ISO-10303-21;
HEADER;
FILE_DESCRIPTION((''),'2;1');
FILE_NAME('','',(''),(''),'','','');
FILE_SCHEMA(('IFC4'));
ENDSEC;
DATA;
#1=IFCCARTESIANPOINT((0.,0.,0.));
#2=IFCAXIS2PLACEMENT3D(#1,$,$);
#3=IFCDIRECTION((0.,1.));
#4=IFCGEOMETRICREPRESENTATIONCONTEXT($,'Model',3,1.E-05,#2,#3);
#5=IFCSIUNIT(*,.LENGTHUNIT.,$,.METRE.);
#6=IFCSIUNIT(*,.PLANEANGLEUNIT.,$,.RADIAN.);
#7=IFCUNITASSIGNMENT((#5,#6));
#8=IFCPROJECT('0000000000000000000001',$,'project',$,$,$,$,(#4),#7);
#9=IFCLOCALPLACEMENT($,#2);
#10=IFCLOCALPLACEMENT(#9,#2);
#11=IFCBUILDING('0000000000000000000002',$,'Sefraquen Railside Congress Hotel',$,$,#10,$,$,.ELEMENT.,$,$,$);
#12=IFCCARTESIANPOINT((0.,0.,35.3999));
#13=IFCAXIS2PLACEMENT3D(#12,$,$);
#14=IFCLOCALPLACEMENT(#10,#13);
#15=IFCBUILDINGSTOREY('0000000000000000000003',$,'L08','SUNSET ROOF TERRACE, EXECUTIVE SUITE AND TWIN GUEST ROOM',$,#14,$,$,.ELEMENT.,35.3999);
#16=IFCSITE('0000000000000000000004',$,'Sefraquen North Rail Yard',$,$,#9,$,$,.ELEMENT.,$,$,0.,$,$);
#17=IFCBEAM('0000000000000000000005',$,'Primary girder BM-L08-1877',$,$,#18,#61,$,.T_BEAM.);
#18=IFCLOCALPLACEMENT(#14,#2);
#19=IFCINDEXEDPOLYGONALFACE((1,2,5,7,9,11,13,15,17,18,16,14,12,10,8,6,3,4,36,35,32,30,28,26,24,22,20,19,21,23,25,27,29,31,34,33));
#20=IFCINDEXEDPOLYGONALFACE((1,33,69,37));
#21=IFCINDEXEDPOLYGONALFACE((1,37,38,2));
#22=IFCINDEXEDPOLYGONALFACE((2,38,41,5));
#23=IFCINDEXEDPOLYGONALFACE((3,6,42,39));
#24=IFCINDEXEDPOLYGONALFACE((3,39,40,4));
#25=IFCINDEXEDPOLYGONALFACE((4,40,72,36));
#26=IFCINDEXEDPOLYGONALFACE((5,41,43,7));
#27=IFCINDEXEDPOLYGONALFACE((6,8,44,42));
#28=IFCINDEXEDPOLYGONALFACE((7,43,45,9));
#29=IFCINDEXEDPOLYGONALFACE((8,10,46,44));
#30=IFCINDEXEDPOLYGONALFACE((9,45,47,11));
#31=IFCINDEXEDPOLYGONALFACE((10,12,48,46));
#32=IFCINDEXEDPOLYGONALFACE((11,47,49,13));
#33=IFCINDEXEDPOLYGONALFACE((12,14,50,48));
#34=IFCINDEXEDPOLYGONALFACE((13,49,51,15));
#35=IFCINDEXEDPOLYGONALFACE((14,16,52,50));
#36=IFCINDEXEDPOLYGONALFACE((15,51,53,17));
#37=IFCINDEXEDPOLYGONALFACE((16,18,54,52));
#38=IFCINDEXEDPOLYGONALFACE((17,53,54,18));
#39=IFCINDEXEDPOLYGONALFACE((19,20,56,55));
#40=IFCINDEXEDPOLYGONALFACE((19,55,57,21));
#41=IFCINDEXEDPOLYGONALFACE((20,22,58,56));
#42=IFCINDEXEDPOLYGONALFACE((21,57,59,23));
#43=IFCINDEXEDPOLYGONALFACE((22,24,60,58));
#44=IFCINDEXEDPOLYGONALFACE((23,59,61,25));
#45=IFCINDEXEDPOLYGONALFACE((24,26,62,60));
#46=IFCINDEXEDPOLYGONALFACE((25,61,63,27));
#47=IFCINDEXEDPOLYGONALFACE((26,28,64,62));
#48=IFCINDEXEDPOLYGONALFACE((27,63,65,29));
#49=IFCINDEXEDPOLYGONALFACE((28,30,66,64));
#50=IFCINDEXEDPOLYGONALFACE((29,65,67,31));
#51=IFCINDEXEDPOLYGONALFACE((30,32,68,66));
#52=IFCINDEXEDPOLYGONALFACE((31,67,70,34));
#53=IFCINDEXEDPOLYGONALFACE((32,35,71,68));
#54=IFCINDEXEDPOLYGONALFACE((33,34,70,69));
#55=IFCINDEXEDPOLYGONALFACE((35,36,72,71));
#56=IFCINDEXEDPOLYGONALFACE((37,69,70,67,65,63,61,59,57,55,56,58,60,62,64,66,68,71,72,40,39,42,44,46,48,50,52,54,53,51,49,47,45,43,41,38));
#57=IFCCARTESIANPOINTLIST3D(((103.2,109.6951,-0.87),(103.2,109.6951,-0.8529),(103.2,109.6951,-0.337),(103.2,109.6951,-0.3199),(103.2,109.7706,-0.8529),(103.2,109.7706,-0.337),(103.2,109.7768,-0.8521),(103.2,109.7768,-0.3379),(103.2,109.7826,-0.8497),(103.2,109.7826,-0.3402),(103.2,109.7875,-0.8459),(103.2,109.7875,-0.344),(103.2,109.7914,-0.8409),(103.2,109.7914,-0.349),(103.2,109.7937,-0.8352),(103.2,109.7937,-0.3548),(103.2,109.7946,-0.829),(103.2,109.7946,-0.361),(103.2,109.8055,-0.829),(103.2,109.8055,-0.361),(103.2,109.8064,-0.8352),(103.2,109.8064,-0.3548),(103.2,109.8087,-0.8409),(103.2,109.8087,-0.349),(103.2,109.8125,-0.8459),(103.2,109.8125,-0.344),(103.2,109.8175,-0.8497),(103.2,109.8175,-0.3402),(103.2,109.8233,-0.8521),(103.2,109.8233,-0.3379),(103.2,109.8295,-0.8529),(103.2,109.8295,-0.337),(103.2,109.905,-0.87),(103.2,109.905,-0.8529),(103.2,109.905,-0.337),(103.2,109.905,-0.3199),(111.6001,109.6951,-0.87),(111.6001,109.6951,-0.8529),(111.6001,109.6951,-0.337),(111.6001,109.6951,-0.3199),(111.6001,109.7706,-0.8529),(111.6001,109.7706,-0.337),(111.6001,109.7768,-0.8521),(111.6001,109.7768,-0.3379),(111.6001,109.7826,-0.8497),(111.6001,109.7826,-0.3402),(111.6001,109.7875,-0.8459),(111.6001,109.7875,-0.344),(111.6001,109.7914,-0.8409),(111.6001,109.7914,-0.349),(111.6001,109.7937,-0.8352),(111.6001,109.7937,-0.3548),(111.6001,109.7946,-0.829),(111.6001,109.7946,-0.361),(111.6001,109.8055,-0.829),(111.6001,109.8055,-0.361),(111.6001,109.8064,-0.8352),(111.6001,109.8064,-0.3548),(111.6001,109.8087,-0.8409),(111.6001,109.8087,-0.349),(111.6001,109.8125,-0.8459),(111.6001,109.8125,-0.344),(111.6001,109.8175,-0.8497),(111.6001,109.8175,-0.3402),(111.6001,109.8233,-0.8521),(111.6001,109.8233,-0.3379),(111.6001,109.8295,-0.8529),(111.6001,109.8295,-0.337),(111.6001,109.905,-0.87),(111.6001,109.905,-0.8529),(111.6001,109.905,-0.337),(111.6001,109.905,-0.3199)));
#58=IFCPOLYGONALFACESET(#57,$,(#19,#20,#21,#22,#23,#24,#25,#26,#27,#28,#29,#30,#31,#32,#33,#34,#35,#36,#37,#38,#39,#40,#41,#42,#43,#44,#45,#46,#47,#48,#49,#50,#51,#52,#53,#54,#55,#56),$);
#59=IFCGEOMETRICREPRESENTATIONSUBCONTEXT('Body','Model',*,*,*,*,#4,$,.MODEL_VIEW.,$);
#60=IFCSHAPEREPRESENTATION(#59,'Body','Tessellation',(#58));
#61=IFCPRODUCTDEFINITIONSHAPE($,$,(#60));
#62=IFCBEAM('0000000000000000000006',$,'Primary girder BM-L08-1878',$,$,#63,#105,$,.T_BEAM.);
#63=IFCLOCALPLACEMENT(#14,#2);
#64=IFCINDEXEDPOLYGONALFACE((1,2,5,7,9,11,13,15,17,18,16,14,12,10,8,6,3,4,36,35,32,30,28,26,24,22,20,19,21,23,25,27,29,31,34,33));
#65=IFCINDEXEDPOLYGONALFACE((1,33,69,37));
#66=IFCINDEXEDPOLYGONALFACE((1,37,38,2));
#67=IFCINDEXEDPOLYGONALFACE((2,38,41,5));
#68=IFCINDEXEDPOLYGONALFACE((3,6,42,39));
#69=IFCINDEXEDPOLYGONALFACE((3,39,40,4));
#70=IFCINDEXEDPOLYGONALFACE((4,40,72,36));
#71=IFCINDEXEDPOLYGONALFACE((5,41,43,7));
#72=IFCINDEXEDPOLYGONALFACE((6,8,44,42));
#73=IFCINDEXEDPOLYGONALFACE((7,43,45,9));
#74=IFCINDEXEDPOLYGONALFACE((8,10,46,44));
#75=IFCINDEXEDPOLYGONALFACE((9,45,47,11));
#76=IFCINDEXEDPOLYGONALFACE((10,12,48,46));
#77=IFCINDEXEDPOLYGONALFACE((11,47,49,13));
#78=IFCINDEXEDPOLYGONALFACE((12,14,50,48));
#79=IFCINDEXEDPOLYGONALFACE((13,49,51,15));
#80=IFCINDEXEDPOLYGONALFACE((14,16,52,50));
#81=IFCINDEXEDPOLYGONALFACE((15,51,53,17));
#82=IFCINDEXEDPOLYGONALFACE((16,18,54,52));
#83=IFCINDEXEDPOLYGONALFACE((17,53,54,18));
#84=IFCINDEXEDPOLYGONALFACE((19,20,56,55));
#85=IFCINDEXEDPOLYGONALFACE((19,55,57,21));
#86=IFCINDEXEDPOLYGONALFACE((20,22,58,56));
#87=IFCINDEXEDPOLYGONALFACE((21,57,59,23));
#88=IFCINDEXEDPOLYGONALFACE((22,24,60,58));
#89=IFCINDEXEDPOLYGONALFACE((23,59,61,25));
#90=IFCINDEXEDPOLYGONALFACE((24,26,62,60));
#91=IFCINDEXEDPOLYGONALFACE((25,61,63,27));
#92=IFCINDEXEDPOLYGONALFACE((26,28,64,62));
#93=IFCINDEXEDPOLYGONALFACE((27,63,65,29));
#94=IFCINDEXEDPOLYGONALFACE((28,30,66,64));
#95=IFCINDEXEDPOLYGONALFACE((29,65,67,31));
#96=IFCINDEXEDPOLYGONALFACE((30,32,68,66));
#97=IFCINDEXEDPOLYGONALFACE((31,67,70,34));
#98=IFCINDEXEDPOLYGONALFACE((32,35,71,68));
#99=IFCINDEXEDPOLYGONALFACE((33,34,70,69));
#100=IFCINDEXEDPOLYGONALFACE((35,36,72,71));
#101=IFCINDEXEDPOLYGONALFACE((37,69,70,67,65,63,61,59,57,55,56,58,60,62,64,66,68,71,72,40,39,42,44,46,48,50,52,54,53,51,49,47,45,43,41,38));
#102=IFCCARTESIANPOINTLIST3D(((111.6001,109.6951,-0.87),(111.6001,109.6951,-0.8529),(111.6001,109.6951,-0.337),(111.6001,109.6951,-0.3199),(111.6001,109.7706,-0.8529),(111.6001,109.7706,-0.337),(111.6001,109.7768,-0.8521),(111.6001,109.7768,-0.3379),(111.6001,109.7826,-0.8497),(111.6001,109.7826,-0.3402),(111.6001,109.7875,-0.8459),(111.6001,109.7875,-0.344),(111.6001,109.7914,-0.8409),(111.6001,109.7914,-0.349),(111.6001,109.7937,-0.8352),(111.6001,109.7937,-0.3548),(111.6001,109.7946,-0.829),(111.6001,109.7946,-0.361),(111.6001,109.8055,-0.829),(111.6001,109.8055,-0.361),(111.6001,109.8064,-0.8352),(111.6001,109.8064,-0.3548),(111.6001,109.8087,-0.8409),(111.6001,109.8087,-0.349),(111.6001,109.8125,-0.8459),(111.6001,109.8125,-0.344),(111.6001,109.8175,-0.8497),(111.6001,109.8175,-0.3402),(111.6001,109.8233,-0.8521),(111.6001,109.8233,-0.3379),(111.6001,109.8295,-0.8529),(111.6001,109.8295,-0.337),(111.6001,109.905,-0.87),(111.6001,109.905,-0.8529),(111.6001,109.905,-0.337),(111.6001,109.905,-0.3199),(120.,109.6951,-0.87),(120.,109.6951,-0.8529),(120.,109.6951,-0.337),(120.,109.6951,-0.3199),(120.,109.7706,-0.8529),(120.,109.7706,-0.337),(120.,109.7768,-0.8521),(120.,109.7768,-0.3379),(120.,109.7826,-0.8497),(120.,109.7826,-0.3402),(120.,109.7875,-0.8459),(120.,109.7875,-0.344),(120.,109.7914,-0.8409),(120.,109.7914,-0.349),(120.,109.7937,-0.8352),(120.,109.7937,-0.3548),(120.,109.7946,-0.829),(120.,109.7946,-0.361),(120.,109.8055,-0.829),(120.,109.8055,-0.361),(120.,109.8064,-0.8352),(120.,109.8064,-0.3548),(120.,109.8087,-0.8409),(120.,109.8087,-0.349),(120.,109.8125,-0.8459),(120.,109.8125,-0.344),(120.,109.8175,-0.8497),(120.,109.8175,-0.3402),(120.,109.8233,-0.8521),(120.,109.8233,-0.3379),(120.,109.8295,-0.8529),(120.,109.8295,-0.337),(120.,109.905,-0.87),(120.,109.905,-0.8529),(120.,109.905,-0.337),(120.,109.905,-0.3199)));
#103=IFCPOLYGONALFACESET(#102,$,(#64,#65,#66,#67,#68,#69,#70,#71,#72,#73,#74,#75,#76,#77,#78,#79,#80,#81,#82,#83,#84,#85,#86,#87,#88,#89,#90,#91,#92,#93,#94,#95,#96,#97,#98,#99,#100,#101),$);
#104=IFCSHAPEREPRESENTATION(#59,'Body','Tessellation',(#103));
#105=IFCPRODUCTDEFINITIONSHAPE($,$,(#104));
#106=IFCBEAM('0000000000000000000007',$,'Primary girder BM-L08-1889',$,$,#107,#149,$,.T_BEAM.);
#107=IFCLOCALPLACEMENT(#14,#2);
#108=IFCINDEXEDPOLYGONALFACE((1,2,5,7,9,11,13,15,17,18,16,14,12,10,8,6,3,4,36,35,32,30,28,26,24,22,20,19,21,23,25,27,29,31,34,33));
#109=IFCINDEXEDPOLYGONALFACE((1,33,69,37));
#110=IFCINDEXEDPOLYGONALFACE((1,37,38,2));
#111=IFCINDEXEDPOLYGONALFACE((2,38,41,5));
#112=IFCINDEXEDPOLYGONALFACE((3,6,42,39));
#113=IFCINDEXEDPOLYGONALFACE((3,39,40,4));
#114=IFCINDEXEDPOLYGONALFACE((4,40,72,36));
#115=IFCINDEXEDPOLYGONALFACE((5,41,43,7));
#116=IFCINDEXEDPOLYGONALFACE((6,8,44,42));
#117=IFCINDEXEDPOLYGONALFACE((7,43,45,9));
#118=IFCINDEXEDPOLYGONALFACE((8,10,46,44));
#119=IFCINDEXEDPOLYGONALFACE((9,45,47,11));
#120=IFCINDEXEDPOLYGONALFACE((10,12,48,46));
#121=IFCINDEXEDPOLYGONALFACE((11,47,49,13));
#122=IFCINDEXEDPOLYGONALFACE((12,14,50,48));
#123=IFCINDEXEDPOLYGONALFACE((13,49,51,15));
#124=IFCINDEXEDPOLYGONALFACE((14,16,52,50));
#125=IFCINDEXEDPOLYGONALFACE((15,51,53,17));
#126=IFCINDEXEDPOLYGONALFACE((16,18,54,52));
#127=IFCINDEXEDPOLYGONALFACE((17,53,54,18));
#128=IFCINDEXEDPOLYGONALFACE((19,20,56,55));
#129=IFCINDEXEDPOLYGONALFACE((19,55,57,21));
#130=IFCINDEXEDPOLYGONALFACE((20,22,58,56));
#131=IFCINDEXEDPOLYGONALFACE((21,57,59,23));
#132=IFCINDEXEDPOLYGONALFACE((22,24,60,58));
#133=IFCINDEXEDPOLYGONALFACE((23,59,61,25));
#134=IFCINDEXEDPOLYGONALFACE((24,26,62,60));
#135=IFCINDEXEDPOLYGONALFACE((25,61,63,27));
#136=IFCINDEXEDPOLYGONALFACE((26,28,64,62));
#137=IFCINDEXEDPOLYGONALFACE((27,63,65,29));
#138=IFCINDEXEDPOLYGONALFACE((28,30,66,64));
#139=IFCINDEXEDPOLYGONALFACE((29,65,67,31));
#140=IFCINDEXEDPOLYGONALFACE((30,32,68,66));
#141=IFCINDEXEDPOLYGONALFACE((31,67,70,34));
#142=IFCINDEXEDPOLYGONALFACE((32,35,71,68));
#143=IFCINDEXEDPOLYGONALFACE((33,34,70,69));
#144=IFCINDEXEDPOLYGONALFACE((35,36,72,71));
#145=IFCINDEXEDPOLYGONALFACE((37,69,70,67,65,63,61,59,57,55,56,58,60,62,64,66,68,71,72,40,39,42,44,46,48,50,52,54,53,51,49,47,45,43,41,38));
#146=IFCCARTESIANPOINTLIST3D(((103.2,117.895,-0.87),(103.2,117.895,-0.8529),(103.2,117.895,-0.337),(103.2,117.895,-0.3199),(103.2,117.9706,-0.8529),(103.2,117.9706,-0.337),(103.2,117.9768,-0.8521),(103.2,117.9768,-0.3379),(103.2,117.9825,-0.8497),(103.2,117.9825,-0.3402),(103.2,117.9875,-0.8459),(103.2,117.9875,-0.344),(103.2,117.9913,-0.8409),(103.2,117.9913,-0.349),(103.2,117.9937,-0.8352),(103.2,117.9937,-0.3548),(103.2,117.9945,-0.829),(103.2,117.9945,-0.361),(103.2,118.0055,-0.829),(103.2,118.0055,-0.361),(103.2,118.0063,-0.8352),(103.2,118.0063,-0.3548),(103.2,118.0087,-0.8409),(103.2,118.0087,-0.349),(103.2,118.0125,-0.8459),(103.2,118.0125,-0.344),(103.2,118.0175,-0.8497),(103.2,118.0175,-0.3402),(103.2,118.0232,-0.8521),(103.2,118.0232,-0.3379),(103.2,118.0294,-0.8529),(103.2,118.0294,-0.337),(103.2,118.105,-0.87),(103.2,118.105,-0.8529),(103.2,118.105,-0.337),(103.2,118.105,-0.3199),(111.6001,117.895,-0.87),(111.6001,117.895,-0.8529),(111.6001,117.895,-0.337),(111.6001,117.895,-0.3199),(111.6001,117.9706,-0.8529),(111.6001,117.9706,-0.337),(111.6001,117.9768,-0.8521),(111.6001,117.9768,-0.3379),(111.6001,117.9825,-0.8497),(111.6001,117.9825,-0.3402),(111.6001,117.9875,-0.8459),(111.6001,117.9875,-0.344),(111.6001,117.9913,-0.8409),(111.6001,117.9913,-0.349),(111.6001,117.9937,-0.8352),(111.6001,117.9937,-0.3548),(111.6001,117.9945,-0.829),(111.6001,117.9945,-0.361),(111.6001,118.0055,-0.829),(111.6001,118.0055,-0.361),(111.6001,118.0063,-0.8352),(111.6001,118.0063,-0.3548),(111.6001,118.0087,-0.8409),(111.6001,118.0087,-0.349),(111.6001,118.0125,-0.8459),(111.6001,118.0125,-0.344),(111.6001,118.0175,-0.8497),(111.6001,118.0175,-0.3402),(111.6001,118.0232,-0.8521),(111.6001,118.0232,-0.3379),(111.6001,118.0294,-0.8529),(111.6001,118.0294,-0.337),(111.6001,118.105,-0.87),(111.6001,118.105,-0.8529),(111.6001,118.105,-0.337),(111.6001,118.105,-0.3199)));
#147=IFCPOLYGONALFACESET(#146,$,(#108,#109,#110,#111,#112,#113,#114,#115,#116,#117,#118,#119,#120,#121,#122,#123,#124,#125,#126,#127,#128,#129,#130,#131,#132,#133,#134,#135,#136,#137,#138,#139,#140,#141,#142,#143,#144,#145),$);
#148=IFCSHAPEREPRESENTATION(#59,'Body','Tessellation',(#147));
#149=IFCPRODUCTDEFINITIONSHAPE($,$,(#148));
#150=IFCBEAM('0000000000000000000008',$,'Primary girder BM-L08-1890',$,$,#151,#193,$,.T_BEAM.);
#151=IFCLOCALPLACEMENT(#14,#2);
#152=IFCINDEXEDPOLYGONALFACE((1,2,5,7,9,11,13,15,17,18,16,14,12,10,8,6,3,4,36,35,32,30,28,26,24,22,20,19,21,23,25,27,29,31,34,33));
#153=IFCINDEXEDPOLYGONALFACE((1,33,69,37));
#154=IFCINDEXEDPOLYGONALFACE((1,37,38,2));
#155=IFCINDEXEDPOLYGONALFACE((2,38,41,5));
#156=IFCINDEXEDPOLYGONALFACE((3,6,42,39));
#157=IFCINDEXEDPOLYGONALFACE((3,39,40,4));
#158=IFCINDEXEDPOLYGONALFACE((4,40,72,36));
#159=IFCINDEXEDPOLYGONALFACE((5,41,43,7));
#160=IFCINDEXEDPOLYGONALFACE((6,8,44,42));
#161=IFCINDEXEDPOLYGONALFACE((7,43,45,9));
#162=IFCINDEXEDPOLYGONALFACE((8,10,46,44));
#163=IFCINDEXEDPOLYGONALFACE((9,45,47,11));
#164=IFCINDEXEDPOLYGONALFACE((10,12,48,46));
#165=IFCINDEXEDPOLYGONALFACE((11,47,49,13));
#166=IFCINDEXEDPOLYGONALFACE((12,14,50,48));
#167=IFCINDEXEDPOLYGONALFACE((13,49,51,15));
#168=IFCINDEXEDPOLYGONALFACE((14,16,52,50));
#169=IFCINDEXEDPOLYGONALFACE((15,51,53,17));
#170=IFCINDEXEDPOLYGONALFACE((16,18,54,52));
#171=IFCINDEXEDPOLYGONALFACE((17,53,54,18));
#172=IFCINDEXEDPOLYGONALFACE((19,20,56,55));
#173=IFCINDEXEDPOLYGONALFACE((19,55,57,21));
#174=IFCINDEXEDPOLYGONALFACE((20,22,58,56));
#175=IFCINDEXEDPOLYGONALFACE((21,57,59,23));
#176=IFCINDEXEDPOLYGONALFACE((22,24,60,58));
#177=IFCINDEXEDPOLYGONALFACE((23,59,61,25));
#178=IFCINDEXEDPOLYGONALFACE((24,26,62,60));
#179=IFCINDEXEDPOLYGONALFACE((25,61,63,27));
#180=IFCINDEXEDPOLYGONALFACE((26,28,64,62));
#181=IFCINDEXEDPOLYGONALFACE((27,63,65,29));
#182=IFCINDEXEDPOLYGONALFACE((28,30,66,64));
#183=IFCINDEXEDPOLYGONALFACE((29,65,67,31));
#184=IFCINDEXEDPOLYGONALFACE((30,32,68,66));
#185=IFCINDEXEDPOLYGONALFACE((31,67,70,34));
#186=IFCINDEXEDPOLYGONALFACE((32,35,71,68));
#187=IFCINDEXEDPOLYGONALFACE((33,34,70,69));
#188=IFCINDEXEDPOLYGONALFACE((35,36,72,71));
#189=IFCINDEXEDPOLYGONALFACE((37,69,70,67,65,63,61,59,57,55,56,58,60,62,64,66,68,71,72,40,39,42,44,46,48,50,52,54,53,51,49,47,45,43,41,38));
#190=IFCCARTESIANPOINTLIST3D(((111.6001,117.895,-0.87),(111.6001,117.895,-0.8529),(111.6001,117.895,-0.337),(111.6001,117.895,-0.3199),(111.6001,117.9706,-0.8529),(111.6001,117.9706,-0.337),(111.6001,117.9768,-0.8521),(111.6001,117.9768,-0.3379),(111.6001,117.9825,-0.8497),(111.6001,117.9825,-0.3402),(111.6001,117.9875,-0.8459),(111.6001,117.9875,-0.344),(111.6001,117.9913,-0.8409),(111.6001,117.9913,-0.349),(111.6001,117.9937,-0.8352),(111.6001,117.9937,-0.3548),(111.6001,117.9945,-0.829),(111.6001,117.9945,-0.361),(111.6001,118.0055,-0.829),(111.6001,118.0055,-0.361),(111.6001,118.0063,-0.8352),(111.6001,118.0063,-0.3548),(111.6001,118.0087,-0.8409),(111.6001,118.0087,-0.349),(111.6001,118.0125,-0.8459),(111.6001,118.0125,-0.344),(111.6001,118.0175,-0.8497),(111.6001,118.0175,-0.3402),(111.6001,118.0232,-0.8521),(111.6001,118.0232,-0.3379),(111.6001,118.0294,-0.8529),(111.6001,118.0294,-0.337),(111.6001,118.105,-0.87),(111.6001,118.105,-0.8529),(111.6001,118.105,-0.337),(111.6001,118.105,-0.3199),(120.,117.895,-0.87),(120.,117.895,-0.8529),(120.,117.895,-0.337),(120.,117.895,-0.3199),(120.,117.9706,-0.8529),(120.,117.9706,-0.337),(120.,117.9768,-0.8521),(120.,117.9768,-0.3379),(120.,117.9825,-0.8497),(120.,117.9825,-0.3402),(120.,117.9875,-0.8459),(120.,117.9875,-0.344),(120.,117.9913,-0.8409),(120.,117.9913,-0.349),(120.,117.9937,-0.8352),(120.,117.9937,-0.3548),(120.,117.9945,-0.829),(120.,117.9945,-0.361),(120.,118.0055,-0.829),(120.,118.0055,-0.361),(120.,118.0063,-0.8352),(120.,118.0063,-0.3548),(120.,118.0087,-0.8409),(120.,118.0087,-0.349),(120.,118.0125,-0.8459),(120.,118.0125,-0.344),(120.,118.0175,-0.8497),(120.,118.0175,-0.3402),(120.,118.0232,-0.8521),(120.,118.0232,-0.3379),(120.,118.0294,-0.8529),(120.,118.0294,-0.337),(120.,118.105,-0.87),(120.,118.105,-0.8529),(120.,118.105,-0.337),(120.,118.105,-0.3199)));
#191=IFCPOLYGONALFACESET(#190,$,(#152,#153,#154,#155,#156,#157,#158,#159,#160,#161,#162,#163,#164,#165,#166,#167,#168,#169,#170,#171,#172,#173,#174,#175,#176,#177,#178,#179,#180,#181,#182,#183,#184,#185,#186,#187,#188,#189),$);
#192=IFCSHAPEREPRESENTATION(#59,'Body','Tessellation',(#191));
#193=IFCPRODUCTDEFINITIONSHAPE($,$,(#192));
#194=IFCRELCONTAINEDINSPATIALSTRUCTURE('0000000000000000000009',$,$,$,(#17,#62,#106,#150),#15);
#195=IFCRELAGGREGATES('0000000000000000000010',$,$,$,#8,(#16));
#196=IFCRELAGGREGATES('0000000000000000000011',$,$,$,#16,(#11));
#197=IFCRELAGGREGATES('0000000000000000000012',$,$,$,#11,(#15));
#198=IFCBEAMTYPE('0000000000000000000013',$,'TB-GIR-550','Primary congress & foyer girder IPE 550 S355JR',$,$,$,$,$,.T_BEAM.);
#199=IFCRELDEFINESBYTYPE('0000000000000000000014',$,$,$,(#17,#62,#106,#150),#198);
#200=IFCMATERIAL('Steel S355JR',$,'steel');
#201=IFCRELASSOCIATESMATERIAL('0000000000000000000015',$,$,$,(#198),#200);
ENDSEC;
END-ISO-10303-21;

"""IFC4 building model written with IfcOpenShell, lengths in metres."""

from ifc_helpers import new_model, si_unit, direction, frame, origin, origin_2d, place, context, subcontext, project, spatial, i_section, extrude, material, material_profile, profile_set, type_object, element, save


model = new_model("IFC4")

# Units and contexts
model_context = context("Model", 3, precision=1e-05, world=origin(), true_north=direction((0.0, 1.0)))
body_context = subcontext(model_context, "Body", "Model", "MODEL_VIEW")
ifc_project = project(units=[si_unit("LENGTHUNIT", "METRE"), si_unit("PLANEANGLEUNIT", "RADIAN")], contexts=[model_context])

# Site, building, storey
site_placement = place(None, origin())
site = spatial("IfcSite", under=ifc_project, at=site_placement, Name="Sefraquen North Rail Yard", CompositionType="ELEMENT", RefElevation=0.0)
building_placement = place(site_placement, origin())
building = spatial("IfcBuilding", under=site, at=building_placement, Name="Sefraquen Railside Congress Hotel", CompositionType="ELEMENT")
storey_placement = place(building_placement, frame((0.0, 0.0, 35.3999)))
storey = spatial("IfcBuildingStorey", under=building, at=storey_placement, Name="L08", Description="SUNSET ROOF TERRACE, EXECUTIVE SUITE AND TWIN GUEST ROOM", CompositionType="ELEMENT", Elevation=35.3999)

# Beams
ifc_material_1 = material(Name="Steel S355JR", Category="steel")
ifc_material_profile_1 = material_profile(ifc_material_1, i_section(OverallWidth=0.21, OverallDepth=0.55, WebThickness=0.011, FlangeThickness=0.0171, FilletRadius=0.0239, at=origin_2d()), Name="IPE 550")
ifc_profile_set_1 = profile_set([ifc_material_profile_1], Name="Steel S355JR")
beam_type_1 = type_object("IfcBeamType", Name="TB-GIR-550", Description="Primary congress & foyer girder IPE 550 S355JR", PredefinedType="T_BEAM", material=ifc_profile_set_1)
beam_1_placement = place(storey_placement, frame((103.2, 109.8, -0.595), z_axis=(1.0, 0.0, 0.0), x_axis=(0.0, 1.0, 0.0)))
element("IfcBeam", 1, at=beam_1_placement, inside=storey, type_object=beam_type_1, Name="Primary girder BM-L08-1877", PredefinedType="T_BEAM", context=body_context, shape_type="SweptSolid", body=[
    extrude(i_section(OverallWidth=0.21, OverallDepth=0.55, WebThickness=0.011, FlangeThickness=0.0171, FilletRadius=0.0239, at=origin_2d()), origin(), (0.0, 0.0, 1.0), 8.4001),
])
beam_2_placement = place(storey_placement, frame((111.6001, 109.8, -0.595), z_axis=(1.0, 0.0, 0.0), x_axis=(0.0, 1.0, 0.0)))
element("IfcBeam", 2, at=beam_2_placement, inside=storey, type_object=beam_type_1, Name="Primary girder BM-L08-1878", PredefinedType="T_BEAM", context=body_context, shape_type="SweptSolid", body=[
    extrude(i_section(OverallWidth=0.21, OverallDepth=0.55, WebThickness=0.011, FlangeThickness=0.0171, FilletRadius=0.0239, at=origin_2d()), origin(), (0.0, 0.0, 1.0), 8.3999),
])
beam_3_placement = place(storey_placement, frame((103.2, 118.0, -0.595), z_axis=(1.0, 0.0, 0.0), x_axis=(0.0, 1.0, 0.0)))
element("IfcBeam", 3, at=beam_3_placement, inside=storey, type_object=beam_type_1, Name="Primary girder BM-L08-1889", PredefinedType="T_BEAM", context=body_context, shape_type="SweptSolid", body=[
    extrude(i_section(OverallWidth=0.21, OverallDepth=0.55, WebThickness=0.011, FlangeThickness=0.0171, FilletRadius=0.0239, at=origin_2d()), origin(), (0.0, 0.0, 1.0), 8.4001),
])
beam_4_placement = place(storey_placement, frame((111.6001, 118.0, -0.595), z_axis=(1.0, 0.0, 0.0), x_axis=(0.0, 1.0, 0.0)))
element("IfcBeam", 4, at=beam_4_placement, inside=storey, type_object=beam_type_1, Name="Primary girder BM-L08-1890", PredefinedType="T_BEAM", context=body_context, shape_type="SweptSolid", body=[
    extrude(i_section(OverallWidth=0.21, OverallDepth=0.55, WebThickness=0.011, FlangeThickness=0.0171, FilletRadius=0.0239, at=origin_2d()), origin(), (0.0, 0.0, 1.0), 8.3999),
])

save(model, "model.ifc")
